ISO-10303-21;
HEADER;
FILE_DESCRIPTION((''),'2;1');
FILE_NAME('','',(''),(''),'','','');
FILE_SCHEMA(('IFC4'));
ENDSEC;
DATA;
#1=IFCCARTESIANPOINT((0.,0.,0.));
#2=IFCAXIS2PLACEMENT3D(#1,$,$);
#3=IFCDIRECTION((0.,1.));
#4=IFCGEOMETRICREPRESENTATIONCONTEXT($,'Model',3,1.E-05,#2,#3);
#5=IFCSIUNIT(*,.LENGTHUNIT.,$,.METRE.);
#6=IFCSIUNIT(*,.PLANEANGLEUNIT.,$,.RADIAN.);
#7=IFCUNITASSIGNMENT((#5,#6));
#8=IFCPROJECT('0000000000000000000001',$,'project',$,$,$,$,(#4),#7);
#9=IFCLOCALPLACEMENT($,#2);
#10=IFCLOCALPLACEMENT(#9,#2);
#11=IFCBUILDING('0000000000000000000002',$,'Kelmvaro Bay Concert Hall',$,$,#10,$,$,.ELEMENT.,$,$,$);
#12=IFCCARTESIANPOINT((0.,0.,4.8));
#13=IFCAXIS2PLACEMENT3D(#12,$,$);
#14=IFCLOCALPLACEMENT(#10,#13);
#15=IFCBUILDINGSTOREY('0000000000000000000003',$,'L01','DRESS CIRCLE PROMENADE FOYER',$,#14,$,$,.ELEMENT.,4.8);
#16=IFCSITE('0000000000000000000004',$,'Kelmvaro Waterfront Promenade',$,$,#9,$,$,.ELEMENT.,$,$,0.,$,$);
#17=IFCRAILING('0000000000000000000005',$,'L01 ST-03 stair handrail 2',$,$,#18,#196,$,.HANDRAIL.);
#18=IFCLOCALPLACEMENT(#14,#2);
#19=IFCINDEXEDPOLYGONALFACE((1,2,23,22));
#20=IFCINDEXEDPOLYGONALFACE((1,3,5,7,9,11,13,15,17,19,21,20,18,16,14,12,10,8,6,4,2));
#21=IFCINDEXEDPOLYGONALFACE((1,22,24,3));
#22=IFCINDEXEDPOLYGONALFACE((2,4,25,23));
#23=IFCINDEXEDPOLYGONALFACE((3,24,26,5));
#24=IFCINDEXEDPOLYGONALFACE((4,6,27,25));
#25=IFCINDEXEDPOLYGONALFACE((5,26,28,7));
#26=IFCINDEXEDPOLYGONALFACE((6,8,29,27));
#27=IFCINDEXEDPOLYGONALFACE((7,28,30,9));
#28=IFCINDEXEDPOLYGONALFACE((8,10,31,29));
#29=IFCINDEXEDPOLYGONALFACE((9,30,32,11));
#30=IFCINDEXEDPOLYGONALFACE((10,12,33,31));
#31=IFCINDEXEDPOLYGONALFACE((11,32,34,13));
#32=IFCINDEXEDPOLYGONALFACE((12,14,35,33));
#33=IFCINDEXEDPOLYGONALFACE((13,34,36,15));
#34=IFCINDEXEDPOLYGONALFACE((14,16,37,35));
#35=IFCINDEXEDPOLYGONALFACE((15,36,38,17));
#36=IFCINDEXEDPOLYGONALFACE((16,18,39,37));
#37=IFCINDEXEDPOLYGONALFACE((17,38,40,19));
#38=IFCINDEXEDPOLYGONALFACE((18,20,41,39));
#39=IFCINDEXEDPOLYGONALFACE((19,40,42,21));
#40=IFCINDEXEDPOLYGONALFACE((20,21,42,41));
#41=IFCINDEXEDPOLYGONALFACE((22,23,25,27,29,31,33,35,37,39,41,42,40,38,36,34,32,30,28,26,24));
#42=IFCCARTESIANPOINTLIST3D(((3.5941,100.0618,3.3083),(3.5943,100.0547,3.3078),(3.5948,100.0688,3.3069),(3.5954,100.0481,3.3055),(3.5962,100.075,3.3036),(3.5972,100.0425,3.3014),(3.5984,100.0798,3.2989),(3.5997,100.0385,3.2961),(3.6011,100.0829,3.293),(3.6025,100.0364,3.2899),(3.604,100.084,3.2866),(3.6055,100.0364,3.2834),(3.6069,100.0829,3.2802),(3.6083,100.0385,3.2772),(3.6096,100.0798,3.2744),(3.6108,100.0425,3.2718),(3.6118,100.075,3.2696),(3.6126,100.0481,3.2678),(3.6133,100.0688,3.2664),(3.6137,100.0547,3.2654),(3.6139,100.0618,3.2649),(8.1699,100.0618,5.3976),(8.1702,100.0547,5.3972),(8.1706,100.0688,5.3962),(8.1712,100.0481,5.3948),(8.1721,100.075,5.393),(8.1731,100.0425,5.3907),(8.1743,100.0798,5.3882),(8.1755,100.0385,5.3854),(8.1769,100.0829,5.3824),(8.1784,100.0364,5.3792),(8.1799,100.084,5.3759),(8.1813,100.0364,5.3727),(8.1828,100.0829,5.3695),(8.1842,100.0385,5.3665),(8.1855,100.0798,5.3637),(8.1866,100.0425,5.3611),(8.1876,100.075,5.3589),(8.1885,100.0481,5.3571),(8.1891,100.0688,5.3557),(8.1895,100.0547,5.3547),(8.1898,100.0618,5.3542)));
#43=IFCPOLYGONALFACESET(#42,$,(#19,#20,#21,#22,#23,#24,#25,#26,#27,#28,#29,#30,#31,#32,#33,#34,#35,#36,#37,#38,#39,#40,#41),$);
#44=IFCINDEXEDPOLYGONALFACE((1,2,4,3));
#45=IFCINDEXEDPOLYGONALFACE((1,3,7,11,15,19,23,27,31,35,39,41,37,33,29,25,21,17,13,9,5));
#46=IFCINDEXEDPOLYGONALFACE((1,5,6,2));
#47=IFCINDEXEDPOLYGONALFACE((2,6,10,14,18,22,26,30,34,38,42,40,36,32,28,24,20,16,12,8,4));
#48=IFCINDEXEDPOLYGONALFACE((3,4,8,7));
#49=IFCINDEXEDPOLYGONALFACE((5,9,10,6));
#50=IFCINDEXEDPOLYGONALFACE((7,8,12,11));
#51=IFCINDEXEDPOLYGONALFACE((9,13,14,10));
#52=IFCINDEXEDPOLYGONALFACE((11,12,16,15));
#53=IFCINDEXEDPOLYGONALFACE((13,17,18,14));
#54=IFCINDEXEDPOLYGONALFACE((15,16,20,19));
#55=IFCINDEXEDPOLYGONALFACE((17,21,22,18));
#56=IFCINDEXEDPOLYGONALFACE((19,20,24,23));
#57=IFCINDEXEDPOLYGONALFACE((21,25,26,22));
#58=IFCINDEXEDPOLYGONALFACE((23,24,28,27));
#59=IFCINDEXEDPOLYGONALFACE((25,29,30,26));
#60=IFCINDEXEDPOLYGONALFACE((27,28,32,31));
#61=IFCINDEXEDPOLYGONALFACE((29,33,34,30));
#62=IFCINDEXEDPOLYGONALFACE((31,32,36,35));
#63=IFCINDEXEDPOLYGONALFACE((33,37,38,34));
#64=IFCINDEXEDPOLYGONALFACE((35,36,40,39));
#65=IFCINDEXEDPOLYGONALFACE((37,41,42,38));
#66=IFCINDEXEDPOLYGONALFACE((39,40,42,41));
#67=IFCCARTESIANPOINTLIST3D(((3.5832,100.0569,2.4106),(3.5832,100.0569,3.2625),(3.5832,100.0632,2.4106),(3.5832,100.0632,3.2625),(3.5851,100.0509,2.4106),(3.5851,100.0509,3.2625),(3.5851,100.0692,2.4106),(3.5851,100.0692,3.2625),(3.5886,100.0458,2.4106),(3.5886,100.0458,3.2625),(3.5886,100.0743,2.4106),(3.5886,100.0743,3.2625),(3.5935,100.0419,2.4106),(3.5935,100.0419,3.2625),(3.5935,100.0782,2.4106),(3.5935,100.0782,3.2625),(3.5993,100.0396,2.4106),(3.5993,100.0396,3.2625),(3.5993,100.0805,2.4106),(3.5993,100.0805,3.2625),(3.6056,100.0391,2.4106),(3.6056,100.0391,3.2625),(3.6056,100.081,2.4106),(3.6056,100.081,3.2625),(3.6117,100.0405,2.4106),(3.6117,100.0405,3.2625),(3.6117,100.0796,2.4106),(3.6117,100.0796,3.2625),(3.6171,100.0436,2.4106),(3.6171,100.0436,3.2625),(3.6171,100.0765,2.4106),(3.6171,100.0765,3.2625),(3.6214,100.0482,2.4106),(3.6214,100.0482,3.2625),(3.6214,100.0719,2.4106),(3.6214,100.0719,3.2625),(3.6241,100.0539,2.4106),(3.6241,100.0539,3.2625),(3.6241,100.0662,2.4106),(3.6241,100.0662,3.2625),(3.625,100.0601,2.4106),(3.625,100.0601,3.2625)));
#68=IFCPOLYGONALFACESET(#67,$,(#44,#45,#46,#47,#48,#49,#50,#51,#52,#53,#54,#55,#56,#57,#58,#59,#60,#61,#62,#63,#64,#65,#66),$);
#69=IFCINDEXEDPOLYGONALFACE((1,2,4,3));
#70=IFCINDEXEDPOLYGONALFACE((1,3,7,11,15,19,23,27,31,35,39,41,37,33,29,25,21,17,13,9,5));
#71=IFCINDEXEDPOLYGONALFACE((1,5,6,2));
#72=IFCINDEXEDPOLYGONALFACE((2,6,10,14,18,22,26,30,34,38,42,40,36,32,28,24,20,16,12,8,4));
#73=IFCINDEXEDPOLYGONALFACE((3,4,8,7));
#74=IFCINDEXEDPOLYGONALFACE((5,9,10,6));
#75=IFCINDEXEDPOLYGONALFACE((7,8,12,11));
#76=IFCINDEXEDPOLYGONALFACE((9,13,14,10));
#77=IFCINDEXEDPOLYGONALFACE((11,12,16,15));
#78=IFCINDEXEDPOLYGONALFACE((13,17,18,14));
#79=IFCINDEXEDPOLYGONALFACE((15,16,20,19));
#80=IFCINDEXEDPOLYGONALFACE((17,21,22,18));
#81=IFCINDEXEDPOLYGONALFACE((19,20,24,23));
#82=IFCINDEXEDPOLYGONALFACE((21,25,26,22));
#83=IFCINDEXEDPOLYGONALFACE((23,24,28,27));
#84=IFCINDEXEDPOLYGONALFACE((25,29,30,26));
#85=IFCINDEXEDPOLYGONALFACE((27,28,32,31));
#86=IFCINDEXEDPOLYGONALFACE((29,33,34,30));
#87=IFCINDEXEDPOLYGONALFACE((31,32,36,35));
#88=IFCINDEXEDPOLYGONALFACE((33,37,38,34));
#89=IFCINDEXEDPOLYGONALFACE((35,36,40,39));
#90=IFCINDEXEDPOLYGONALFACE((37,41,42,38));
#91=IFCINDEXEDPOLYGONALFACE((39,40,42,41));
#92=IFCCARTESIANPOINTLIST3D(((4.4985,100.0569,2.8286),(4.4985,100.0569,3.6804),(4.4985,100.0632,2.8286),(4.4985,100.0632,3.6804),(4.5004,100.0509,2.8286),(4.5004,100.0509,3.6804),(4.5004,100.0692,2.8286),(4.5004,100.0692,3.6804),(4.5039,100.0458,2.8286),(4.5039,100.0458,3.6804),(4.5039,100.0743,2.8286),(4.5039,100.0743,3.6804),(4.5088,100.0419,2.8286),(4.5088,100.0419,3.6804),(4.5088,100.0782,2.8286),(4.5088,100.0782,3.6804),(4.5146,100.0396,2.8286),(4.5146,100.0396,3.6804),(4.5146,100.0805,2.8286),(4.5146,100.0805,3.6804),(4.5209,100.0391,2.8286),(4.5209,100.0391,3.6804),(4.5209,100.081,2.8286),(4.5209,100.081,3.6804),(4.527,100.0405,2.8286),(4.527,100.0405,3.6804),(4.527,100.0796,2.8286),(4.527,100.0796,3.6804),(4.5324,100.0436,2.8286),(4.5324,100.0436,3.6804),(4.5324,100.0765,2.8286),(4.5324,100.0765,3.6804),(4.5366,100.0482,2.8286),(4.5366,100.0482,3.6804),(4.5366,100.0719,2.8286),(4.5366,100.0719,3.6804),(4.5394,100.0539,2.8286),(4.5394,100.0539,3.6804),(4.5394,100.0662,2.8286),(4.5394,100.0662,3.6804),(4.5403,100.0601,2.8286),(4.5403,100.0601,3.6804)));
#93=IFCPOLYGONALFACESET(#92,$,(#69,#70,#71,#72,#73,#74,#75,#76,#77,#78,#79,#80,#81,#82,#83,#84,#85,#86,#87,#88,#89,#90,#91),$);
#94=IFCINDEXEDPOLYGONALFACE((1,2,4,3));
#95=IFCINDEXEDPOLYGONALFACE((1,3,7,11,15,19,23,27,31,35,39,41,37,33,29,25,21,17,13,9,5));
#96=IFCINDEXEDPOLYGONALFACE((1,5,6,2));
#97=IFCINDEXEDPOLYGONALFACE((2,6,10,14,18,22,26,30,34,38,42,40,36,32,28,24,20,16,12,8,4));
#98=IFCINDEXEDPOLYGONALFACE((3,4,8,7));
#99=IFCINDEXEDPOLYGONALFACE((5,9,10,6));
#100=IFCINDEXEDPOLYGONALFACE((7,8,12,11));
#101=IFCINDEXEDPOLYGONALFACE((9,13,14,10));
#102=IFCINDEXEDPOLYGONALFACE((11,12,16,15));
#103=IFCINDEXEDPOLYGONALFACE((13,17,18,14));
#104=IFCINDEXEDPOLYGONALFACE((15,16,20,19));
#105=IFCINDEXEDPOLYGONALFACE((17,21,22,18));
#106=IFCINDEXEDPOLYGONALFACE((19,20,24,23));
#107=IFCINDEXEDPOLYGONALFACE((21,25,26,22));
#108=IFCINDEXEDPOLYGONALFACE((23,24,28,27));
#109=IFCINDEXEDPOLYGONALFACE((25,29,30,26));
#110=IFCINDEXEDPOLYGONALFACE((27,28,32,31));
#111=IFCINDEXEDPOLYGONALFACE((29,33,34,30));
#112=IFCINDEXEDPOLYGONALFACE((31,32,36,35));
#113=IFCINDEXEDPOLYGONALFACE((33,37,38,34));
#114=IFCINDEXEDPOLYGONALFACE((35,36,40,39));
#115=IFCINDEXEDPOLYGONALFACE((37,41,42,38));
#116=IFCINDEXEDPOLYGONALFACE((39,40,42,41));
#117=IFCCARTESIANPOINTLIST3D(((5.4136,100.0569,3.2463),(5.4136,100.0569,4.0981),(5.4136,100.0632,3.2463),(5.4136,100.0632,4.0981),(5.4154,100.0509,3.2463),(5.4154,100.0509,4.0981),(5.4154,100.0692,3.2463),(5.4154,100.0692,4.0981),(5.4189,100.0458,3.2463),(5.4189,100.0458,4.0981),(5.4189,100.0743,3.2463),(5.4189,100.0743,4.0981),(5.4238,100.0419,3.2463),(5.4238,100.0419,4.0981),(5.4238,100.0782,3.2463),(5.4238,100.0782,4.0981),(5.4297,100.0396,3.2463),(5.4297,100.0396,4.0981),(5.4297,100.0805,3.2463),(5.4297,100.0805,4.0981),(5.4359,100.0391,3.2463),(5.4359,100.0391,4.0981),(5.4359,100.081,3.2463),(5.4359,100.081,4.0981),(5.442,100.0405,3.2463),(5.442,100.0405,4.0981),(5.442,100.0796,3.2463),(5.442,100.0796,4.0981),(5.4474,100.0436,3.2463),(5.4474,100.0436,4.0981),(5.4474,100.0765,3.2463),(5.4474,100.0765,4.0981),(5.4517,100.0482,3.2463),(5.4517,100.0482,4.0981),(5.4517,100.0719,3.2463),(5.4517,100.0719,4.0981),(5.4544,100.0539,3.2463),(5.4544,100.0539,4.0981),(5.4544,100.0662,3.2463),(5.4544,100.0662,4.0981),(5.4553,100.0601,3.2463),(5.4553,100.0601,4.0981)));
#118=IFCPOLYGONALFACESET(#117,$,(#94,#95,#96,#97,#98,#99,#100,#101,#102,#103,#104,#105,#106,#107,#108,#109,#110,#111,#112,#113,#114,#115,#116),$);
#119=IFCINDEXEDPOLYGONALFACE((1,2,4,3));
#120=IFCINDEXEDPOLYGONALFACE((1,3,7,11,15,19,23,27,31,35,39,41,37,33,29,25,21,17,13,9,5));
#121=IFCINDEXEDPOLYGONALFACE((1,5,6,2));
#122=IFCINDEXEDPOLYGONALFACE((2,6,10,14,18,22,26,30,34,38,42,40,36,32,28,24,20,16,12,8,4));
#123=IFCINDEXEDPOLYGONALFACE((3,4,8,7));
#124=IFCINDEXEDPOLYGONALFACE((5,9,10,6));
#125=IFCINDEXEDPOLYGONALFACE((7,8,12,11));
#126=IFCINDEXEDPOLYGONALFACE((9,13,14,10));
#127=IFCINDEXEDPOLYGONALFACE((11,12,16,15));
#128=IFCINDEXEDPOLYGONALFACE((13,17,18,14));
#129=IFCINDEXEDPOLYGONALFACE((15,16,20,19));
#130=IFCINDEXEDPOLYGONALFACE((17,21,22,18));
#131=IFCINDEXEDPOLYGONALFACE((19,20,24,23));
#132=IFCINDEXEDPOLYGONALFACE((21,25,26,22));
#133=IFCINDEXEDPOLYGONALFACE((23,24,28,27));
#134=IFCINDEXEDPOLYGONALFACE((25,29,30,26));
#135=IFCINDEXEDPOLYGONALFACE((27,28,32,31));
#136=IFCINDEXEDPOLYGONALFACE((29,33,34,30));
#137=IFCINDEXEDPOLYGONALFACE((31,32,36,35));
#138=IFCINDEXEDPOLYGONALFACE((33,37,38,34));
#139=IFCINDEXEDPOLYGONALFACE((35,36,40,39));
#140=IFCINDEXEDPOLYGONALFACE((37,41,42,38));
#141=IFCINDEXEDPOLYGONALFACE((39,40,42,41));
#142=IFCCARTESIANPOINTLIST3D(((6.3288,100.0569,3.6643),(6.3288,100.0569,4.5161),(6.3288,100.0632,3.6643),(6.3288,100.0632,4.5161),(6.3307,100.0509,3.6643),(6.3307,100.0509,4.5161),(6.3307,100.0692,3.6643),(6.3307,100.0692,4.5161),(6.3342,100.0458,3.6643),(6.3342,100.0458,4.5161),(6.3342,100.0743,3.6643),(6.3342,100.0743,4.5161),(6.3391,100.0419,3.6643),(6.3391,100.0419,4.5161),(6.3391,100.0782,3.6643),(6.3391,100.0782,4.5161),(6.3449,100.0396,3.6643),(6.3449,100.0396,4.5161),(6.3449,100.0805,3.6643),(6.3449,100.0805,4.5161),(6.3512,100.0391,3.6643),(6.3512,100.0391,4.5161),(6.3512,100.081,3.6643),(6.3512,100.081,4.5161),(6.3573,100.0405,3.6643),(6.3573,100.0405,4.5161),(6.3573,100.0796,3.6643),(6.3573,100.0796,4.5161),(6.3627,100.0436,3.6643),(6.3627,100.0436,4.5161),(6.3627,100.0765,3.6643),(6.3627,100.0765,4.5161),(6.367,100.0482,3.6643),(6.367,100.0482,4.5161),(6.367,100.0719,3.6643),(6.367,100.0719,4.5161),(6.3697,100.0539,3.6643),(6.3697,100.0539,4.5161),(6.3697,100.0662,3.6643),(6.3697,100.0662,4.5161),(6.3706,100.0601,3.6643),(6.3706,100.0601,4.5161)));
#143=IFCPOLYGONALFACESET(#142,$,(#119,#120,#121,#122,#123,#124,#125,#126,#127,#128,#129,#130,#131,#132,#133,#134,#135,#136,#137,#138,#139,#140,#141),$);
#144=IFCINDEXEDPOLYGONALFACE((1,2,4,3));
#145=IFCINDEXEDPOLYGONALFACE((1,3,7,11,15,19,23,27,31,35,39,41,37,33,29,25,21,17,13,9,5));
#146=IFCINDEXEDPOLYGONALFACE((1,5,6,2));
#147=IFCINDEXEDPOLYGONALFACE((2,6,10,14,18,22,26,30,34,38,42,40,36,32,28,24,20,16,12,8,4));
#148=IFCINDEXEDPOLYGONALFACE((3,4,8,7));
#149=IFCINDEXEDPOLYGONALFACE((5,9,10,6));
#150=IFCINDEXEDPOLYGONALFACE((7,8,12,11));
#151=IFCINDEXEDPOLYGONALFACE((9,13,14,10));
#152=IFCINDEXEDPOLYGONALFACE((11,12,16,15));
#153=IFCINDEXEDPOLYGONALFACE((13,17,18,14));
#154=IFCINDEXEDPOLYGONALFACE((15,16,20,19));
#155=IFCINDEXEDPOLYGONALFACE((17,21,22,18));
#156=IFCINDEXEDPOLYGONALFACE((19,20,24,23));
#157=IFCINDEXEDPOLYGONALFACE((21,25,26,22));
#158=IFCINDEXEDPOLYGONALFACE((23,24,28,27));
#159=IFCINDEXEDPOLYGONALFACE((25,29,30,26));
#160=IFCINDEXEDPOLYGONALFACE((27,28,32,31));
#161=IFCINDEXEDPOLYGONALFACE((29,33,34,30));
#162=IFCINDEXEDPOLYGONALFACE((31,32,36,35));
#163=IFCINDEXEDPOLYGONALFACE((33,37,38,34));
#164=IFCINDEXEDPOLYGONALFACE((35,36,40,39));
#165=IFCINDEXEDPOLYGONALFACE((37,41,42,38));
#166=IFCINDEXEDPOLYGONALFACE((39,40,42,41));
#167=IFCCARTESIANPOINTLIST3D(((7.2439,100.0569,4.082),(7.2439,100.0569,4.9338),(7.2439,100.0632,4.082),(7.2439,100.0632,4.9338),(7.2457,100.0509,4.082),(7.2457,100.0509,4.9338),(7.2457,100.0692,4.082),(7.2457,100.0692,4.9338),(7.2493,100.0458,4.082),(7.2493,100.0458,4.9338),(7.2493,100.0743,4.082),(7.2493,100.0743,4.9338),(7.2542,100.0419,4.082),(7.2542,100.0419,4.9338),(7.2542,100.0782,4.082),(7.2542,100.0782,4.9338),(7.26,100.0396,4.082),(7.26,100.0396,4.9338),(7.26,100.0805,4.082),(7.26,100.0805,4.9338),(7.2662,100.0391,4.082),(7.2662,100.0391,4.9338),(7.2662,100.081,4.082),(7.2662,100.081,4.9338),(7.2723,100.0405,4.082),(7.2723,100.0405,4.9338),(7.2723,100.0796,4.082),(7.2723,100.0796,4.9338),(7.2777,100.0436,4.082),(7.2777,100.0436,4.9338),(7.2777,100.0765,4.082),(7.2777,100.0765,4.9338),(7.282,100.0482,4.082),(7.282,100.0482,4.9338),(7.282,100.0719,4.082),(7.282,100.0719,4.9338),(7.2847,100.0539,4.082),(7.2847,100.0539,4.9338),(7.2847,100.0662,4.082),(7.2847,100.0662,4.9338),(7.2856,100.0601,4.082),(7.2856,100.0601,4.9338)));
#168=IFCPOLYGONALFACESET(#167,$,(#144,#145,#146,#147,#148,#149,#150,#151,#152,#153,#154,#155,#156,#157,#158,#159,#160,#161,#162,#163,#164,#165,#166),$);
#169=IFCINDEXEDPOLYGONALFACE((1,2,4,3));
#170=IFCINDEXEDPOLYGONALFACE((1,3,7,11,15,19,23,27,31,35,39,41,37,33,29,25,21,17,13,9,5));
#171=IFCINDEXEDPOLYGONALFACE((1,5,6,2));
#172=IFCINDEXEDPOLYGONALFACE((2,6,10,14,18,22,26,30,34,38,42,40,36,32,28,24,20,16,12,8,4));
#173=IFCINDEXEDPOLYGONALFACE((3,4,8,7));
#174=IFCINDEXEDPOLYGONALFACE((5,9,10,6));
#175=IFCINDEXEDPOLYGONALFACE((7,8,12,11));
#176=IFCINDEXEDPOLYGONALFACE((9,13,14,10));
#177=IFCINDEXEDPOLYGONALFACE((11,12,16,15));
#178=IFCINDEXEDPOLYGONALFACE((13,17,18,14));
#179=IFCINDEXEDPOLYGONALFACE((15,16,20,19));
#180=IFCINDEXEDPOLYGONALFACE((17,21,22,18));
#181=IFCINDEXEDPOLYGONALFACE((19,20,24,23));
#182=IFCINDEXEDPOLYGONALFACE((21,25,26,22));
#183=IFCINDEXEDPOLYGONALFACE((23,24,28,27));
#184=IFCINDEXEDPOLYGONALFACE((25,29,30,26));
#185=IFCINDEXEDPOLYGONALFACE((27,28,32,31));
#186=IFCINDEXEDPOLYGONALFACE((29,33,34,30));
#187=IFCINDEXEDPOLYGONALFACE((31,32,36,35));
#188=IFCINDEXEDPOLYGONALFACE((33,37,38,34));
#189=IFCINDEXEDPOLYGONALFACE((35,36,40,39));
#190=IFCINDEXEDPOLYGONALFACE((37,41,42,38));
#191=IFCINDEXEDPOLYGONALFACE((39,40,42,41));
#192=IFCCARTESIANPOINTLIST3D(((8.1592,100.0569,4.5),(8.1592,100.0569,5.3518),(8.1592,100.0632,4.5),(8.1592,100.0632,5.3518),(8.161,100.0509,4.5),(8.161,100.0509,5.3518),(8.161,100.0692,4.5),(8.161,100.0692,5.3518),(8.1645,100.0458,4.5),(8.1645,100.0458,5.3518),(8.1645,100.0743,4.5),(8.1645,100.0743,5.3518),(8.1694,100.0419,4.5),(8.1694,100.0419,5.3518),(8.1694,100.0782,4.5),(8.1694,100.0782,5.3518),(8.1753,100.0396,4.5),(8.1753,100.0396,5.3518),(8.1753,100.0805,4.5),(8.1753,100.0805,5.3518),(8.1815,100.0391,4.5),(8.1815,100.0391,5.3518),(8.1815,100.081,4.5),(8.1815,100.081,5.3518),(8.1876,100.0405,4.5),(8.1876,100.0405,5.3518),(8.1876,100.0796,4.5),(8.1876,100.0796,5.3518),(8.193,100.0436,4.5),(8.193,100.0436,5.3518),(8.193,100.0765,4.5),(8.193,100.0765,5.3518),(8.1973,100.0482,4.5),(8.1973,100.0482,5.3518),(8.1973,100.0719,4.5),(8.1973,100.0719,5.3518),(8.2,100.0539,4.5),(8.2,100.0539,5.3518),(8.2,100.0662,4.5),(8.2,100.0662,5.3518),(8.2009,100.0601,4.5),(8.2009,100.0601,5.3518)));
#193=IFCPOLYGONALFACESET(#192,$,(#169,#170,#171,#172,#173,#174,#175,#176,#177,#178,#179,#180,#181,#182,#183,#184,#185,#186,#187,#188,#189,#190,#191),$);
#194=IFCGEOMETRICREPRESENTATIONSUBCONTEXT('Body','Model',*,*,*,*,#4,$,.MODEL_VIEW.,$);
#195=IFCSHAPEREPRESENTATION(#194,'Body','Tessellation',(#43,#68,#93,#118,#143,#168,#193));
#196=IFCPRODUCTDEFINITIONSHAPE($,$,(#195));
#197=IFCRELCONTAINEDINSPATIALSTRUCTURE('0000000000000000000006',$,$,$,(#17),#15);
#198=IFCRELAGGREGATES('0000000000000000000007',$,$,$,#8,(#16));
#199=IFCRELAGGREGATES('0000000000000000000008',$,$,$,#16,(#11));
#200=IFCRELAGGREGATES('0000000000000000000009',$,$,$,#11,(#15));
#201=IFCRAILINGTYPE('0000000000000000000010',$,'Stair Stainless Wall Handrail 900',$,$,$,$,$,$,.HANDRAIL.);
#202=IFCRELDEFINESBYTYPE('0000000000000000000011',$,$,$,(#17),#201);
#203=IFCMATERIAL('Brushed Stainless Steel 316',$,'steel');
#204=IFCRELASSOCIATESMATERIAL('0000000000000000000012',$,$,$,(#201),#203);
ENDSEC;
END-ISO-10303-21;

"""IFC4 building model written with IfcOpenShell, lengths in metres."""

from ifc_helpers import new_model, si_unit, direction, frame, origin, origin_2d, place, context, subcontext, project, spatial, circle, extrude, material, type_object, element, save


model = new_model("IFC4")

# Units and contexts
model_context = context("Model", 3, precision=1e-05, world=origin(), true_north=direction((0.0, 1.0)))
body_context = subcontext(model_context, "Body", "Model", "MODEL_VIEW")
ifc_project = project(units=[si_unit("LENGTHUNIT", "METRE"), si_unit("PLANEANGLEUNIT", "RADIAN")], contexts=[model_context])

# Site, building, storey
site_placement = place(None, origin())
site = spatial("IfcSite", under=ifc_project, at=site_placement, Name="Kelmvaro Waterfront Promenade", CompositionType="ELEMENT", RefElevation=0.0)
building_placement = place(site_placement, origin())
building = spatial("IfcBuilding", under=site, at=building_placement, Name="Kelmvaro Bay Concert Hall", CompositionType="ELEMENT")
storey_placement = place(building_placement, frame((0.0, 0.0, 4.8)))
storey = spatial("IfcBuildingStorey", under=building, at=storey_placement, Name="L01", Description="DRESS CIRCLE PROMENADE FOYER", CompositionType="ELEMENT", Elevation=4.8)

# Railing
ifc_material_1 = material(Name="Brushed Stainless Steel 316", Category="steel")
railing_type = type_object("IfcRailingType", Name="Stair Stainless Wall Handrail 900", PredefinedType="HANDRAIL", material=ifc_material_1)
railing_placement = place(storey_placement, frame((3.604, 100.0601, 2.4106)))
element("IfcRailing", 1, at=railing_placement, inside=storey, type_object=railing_type, Name="L01 ST-03 stair handrail 2", PredefinedType="HANDRAIL", context=body_context, shape_type="SweptSolid", body=[
    extrude(circle(Radius=0.0239, at=origin_2d()), frame((0.0, 0.0, 0.876), z_axis=(0.909662, 0.0, 0.415349), x_axis=(0.0, 1.0, 0.0)), (0.0, 0.0, 1.0), 5.0303),
    extrude(circle(Radius=0.021, at=origin_2d()), origin(), (0.0, 0.0, 1.0), 0.8518),
    extrude(circle(Radius=0.021, at=origin_2d()), frame((0.9153, 0.0, 0.418)), (0.0, 0.0, 1.0), 0.8518),
    extrude(circle(Radius=0.021, at=origin_2d()), frame((1.8303, 0.0, 0.8357)), (0.0, 0.0, 1.0), 0.8518),
    extrude(circle(Radius=0.021, at=origin_2d()), frame((2.7456, 0.0, 1.2537)), (0.0, 0.0, 1.0), 0.8518),
    extrude(circle(Radius=0.021, at=origin_2d()), frame((3.6606, 0.0, 1.6714)), (0.0, 0.0, 1.0), 0.8518),
    extrude(circle(Radius=0.021, at=origin_2d()), frame((4.5759, 0.0, 2.0894)), (0.0, 0.0, 1.0), 0.8518),
])

save(model, "model.ifc")
